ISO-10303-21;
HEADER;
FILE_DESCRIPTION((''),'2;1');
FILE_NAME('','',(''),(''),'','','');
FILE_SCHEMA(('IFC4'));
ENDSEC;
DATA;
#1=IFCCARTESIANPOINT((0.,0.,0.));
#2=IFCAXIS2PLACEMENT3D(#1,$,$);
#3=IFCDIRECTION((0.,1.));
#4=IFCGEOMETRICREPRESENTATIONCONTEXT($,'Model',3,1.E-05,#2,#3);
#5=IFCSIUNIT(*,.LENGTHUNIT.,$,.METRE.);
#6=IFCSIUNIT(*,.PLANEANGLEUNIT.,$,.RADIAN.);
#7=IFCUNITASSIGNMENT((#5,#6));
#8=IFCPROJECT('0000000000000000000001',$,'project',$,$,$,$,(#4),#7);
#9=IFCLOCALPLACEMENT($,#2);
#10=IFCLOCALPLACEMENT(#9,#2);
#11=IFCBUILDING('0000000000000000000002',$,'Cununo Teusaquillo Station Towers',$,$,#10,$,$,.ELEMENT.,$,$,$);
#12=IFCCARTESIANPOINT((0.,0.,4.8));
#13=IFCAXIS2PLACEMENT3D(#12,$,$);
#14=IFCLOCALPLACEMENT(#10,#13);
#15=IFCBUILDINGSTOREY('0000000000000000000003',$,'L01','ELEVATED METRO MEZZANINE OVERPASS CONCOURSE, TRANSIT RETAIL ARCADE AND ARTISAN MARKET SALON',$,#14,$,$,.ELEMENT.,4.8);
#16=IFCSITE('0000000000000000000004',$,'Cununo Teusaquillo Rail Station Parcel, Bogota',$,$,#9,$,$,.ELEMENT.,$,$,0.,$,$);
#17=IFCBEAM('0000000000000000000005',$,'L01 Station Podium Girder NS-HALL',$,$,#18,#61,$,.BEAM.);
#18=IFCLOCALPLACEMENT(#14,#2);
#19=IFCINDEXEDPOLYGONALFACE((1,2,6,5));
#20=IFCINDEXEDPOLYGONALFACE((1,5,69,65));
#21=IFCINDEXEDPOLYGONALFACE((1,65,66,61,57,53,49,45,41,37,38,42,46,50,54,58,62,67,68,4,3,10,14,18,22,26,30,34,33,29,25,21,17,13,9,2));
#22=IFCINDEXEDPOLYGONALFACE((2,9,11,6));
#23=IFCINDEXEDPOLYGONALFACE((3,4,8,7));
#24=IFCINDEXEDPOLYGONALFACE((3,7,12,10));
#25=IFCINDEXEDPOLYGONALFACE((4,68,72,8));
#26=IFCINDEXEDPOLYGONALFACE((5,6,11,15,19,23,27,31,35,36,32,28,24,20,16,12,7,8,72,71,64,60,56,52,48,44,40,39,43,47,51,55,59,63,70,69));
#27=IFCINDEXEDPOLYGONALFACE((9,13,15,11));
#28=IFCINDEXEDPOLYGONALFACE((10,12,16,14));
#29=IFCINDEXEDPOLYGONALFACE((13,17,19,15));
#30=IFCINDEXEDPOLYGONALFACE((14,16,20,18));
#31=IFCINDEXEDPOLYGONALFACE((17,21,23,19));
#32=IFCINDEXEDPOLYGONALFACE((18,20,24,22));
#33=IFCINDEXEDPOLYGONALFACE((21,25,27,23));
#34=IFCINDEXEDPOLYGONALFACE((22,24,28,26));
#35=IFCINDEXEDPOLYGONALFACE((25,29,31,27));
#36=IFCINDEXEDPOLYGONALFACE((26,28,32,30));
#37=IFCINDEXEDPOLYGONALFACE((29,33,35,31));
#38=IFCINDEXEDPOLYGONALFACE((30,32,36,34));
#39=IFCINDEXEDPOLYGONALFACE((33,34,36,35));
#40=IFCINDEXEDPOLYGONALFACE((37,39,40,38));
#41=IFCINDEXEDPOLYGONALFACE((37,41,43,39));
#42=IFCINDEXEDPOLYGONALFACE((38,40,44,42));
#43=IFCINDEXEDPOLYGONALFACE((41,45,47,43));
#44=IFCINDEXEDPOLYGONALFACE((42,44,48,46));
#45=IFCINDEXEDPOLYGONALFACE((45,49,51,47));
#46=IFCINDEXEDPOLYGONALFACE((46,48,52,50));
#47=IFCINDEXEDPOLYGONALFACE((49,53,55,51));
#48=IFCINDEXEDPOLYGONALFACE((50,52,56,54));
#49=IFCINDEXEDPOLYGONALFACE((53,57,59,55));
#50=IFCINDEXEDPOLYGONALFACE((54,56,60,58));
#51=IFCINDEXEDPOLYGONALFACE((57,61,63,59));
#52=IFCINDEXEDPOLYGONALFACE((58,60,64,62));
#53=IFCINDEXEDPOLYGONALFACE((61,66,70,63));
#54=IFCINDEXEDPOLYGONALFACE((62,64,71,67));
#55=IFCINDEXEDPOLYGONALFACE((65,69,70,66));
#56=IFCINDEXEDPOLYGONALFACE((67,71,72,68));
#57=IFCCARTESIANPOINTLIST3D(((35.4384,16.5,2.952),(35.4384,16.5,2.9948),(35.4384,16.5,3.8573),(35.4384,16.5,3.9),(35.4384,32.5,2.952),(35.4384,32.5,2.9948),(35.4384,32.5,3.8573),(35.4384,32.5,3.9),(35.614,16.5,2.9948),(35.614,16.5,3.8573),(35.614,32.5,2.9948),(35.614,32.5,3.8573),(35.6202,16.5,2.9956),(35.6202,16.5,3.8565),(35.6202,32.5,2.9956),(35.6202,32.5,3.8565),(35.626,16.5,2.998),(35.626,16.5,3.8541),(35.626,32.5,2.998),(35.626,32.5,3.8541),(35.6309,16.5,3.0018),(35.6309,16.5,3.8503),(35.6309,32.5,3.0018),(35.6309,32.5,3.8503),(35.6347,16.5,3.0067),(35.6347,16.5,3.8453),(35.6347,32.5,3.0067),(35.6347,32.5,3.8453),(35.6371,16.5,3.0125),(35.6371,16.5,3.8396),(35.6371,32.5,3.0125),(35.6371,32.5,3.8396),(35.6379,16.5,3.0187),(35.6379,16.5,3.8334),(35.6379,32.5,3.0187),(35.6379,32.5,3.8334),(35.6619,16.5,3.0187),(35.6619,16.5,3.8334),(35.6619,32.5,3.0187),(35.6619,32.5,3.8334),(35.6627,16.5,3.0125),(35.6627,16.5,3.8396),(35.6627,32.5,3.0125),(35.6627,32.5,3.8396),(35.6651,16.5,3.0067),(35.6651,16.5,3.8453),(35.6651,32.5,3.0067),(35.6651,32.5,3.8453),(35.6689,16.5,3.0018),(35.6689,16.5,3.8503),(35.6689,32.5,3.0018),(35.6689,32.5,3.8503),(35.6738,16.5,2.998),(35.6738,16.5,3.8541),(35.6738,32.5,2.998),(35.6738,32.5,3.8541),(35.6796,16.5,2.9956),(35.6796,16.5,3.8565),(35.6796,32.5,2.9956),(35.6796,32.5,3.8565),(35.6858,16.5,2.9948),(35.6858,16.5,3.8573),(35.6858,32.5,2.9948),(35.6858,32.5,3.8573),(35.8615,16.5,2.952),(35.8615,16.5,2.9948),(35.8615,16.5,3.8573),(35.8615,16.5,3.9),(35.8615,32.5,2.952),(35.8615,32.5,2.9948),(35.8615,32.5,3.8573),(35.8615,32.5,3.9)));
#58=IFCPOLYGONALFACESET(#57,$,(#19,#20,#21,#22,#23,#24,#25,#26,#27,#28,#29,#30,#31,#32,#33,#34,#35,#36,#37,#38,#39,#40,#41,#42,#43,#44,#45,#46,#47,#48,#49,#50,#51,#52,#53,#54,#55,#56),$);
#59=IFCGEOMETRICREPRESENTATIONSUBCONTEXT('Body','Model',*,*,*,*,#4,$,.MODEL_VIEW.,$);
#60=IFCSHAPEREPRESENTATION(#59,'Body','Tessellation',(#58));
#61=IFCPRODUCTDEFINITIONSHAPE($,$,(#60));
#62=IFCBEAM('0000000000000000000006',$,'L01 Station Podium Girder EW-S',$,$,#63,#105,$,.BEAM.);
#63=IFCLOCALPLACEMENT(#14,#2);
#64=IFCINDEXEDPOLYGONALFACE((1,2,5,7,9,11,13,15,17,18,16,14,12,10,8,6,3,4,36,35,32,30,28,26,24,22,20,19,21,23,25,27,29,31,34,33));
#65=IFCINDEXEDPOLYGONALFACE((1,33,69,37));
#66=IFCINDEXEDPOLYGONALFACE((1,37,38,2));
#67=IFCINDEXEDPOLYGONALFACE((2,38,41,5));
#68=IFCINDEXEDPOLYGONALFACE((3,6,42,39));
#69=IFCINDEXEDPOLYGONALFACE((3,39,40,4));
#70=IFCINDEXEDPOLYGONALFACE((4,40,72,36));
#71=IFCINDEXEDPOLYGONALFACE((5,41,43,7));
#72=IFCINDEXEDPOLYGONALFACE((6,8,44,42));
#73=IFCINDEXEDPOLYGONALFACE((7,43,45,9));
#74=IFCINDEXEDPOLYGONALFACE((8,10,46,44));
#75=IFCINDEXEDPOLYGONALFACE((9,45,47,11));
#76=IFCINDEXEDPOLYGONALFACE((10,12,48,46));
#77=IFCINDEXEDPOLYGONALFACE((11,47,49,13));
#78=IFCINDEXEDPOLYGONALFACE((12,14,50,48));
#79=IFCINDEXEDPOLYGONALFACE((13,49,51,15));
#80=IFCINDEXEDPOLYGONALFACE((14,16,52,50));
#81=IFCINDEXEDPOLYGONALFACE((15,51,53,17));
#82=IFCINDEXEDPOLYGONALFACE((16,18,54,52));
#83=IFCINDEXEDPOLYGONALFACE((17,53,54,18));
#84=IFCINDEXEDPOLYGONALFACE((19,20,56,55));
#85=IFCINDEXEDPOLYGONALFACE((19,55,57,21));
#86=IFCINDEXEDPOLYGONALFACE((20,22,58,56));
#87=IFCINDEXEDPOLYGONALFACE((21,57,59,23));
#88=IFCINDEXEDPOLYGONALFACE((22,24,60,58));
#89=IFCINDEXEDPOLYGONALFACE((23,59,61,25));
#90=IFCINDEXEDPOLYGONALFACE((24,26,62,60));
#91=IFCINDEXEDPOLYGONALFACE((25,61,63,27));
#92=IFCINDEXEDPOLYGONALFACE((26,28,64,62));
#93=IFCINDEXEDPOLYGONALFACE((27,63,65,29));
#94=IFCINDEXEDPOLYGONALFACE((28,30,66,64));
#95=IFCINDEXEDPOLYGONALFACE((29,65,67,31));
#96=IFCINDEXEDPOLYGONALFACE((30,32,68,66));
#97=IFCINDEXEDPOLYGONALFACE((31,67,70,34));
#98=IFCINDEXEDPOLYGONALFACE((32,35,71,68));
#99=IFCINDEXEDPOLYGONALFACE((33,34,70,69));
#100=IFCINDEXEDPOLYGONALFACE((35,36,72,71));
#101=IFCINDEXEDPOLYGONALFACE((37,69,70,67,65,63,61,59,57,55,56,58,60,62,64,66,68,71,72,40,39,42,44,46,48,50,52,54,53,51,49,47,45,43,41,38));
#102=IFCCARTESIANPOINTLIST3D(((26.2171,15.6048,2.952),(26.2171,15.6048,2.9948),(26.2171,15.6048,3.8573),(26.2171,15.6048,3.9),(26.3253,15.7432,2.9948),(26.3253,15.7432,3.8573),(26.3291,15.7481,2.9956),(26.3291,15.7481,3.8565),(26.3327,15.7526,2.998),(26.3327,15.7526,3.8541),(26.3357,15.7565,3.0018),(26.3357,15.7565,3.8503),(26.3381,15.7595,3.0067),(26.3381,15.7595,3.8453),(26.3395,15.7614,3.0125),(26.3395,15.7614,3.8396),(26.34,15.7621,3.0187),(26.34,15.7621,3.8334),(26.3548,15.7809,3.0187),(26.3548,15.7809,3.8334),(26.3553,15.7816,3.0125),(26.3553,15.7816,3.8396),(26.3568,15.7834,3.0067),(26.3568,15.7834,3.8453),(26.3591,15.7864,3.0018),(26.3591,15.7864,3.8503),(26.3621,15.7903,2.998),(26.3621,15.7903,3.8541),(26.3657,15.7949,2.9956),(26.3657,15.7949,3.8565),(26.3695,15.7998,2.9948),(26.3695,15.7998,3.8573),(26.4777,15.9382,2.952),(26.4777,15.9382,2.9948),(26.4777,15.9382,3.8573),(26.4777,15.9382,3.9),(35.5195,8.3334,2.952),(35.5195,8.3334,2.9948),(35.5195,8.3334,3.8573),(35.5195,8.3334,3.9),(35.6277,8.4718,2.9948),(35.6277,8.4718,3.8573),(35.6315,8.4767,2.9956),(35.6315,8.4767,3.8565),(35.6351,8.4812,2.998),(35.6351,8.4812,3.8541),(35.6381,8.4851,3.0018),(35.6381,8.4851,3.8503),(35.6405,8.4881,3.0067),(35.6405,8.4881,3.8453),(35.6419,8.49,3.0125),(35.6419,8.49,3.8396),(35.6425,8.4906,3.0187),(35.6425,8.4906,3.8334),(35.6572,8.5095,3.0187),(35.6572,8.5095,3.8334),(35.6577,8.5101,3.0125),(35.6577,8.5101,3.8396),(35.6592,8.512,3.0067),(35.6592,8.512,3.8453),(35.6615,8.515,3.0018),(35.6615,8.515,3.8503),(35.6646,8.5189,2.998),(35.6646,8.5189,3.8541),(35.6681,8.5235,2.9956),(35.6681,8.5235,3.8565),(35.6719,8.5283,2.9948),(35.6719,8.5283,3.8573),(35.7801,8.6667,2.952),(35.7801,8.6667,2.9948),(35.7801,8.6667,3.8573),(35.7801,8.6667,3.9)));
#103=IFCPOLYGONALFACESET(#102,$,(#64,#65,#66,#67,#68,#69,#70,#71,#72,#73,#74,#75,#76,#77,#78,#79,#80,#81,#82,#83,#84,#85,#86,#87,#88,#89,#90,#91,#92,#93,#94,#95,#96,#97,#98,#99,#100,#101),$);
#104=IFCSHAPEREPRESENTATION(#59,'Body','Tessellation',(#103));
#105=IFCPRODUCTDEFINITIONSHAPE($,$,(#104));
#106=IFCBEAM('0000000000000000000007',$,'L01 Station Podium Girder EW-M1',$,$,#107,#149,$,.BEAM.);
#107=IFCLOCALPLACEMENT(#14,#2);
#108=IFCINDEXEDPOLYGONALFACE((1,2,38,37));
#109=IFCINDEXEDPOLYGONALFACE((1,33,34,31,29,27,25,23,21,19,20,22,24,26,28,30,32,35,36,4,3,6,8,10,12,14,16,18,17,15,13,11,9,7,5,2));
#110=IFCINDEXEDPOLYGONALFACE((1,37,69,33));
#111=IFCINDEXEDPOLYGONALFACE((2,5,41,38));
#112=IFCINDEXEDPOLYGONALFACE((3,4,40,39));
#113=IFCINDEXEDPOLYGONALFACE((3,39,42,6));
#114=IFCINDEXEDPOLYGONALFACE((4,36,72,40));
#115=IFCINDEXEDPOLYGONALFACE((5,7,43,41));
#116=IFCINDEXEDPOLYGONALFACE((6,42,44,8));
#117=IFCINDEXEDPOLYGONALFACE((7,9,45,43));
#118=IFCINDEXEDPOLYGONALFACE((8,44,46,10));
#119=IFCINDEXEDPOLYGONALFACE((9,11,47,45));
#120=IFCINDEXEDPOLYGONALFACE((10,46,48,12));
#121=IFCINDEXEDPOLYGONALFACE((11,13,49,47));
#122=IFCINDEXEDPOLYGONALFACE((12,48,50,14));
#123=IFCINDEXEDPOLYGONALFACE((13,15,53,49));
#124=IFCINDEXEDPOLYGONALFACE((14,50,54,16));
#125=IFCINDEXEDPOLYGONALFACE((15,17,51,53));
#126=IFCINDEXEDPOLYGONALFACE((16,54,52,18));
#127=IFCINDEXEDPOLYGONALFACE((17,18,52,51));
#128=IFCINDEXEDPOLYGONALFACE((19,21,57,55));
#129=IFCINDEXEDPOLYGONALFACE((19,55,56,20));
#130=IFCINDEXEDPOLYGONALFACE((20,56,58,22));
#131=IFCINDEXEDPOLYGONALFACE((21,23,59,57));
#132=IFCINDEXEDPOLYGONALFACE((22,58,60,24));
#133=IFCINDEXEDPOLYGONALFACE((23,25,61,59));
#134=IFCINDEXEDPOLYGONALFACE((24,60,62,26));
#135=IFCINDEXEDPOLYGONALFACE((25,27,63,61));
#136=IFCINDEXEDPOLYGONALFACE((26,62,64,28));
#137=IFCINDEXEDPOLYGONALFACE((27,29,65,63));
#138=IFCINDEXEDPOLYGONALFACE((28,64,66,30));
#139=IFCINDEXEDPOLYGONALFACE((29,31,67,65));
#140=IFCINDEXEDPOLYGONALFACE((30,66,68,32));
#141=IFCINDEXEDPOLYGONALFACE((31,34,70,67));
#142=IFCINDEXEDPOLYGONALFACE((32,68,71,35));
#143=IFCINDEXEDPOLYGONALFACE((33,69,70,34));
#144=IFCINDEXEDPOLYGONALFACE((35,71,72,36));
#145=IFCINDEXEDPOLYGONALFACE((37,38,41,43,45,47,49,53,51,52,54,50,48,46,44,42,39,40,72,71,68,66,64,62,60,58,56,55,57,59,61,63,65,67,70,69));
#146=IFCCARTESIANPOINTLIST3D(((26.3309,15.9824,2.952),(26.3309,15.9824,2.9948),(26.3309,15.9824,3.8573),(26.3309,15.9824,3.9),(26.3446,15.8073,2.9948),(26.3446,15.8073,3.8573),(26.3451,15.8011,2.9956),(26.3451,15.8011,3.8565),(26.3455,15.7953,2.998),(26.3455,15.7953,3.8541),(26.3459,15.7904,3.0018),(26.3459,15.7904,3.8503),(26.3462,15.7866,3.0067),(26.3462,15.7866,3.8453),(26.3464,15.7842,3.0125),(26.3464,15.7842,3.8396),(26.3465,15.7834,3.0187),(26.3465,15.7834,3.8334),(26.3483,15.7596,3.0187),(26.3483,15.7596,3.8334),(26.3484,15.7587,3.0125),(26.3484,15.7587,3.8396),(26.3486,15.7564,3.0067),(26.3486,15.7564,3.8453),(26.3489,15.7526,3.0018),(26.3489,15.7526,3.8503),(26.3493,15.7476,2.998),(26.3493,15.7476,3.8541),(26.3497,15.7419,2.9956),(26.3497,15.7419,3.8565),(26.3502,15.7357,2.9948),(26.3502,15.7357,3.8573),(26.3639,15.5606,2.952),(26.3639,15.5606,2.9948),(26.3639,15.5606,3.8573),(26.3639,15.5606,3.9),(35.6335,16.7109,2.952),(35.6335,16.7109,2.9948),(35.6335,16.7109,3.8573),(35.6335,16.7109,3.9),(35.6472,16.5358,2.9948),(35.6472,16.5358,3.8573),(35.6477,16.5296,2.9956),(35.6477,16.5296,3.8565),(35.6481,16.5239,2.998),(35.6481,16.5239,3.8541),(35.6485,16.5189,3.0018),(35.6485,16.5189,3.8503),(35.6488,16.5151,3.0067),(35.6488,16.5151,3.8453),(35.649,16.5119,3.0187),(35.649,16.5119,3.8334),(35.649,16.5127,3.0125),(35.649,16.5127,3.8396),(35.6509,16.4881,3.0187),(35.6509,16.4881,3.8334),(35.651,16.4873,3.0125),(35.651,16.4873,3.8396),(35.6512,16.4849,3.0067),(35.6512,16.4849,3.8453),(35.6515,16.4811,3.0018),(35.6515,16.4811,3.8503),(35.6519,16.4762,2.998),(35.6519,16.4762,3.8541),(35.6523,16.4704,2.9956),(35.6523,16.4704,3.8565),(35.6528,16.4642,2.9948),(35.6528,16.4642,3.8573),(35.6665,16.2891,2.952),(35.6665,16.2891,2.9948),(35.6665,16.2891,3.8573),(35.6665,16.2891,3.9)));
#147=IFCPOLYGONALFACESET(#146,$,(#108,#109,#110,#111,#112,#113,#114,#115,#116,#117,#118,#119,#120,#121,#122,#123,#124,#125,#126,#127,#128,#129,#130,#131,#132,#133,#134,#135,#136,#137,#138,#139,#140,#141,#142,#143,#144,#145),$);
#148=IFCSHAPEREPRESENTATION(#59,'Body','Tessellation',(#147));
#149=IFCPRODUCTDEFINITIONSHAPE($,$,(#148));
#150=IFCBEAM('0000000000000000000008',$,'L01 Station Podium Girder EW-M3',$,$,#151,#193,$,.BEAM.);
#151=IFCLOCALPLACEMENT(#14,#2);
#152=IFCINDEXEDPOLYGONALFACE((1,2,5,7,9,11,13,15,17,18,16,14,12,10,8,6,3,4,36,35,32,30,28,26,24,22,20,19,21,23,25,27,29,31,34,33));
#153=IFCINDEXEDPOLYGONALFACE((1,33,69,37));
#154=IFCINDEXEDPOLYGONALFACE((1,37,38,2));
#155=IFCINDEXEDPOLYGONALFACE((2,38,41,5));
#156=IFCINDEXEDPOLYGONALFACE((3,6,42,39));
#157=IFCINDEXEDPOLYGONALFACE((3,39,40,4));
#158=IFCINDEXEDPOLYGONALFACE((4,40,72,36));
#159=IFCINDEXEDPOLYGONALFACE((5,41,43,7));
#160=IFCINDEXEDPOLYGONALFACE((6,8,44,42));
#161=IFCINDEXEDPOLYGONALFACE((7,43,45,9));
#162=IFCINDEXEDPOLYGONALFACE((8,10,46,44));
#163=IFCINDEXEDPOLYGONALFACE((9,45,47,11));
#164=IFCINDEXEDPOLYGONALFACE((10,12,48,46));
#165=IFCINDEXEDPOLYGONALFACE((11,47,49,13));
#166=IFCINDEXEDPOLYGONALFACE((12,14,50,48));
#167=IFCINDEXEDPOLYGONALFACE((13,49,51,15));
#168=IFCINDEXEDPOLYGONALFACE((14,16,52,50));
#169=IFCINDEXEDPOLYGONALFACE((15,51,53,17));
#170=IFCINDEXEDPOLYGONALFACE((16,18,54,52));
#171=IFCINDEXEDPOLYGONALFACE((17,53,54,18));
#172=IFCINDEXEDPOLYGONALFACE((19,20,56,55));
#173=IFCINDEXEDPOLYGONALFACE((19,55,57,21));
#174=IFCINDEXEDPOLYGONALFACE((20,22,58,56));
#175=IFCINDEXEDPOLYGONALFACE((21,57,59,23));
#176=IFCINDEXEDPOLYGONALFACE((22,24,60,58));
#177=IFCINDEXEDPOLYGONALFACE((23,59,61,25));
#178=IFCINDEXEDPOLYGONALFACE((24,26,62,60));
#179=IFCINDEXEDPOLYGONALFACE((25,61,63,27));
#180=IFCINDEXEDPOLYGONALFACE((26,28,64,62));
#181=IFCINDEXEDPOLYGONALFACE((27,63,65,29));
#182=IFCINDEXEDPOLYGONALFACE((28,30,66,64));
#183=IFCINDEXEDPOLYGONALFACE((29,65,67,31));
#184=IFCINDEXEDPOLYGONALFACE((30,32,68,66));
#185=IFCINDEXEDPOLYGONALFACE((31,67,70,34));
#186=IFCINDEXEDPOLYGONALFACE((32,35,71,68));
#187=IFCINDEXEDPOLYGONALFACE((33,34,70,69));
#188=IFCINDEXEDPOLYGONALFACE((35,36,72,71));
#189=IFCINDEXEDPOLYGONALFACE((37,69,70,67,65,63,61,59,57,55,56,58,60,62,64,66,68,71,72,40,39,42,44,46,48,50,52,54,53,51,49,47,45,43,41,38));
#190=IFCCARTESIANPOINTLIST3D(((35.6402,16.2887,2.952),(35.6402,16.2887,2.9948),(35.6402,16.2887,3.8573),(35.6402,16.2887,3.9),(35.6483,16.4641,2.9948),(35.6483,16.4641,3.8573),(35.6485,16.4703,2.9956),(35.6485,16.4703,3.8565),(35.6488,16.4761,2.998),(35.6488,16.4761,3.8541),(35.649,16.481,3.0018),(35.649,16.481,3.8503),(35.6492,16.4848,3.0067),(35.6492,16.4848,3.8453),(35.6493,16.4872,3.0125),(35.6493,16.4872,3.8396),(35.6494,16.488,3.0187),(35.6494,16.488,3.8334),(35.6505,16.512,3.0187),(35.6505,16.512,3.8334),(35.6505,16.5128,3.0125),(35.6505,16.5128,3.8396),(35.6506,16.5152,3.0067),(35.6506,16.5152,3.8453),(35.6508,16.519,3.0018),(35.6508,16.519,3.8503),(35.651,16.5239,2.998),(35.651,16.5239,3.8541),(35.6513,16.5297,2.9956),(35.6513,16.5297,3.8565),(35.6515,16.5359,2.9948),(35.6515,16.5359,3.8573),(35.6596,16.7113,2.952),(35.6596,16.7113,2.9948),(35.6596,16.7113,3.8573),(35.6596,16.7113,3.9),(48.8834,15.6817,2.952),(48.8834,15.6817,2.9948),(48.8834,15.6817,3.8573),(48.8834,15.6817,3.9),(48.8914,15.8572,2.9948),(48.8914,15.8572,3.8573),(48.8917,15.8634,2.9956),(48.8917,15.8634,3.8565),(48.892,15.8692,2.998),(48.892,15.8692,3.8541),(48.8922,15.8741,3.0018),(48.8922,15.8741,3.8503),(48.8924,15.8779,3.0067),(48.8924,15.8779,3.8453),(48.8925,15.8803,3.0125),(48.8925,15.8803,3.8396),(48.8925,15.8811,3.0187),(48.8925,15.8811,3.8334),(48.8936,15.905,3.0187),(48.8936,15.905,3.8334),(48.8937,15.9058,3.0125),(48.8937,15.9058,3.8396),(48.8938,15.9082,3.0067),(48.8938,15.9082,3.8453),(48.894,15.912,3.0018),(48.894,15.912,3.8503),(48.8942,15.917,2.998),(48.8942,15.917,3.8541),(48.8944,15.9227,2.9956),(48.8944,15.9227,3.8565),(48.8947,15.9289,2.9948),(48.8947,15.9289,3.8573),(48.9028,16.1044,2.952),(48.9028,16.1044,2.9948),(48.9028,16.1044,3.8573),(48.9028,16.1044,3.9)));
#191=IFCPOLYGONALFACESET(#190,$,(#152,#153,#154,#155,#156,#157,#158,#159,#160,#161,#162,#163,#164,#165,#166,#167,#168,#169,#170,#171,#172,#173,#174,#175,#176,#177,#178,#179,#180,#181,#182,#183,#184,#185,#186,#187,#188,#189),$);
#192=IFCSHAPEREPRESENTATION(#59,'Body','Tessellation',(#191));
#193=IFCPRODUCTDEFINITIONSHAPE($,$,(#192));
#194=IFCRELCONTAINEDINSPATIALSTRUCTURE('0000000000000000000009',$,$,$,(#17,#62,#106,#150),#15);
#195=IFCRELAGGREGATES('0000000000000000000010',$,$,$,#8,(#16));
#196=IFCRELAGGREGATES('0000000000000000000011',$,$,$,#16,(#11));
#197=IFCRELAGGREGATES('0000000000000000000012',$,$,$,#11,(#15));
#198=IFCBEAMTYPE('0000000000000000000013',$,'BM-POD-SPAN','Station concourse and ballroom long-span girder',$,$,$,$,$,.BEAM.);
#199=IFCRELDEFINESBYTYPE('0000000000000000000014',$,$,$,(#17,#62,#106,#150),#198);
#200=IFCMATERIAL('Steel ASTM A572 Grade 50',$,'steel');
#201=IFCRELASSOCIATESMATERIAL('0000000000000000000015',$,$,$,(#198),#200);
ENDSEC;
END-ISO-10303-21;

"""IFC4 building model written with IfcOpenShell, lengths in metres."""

from ifc_helpers import new_model, si_unit, direction, frame, origin, origin_2d, place, context, subcontext, project, spatial, i_section, extrude, material, material_profile, profile_set, type_object, element, save


model = new_model("IFC4")

# Units and contexts
model_context = context("Model", 3, precision=1e-05, world=origin(), true_north=direction((0.0, 1.0)))
body_context = subcontext(model_context, "Body", "Model", "MODEL_VIEW")
ifc_project = project(units=[si_unit("LENGTHUNIT", "METRE"), si_unit("PLANEANGLEUNIT", "RADIAN")], contexts=[model_context])

# Site, building, storey
site_placement = place(None, origin())
site = spatial("IfcSite", under=ifc_project, at=site_placement, Name="Cununo Teusaquillo Rail Station Parcel, Bogota", CompositionType="ELEMENT", RefElevation=0.0)
building_placement = place(site_placement, origin())
building = spatial("IfcBuilding", under=site, at=building_placement, Name="Cununo Teusaquillo Station Towers", CompositionType="ELEMENT")
storey_placement = place(building_placement, frame((0.0, 0.0, 4.8)))
storey = spatial("IfcBuildingStorey", under=building, at=storey_placement, Name="L01", Description="ELEVATED METRO MEZZANINE OVERPASS CONCOURSE, TRANSIT RETAIL ARCADE AND ARTISAN MARKET SALON", CompositionType="ELEMENT", Elevation=4.8)

# Beams
ifc_material_1 = material(Name="Steel ASTM A572 Grade 50", Category="steel")
ifc_material_profile_1 = material_profile(ifc_material_1, i_section(OverallWidth=0.4231, OverallDepth=0.948, WebThickness=0.0239, FlangeThickness=0.0427, FilletRadius=0.0239, at=origin_2d()), Name="W36X302")
ifc_profile_set_1 = profile_set([ifc_material_profile_1], Name="Steel ASTM A572 Grade 50")
beam_type_1 = type_object("IfcBeamType", Name="BM-POD-SPAN", Description="Station concourse and ballroom long-span girder", PredefinedType="BEAM", material=ifc_profile_set_1)
beam_1_placement = place(storey_placement, frame((35.6499, 16.5, 3.426), z_axis=(0.0, 1.0, 0.0), x_axis=(-1.0, 0.0, 0.0)))
element("IfcBeam", 1, at=beam_1_placement, inside=storey, type_object=beam_type_1, Name="L01 Station Podium Girder NS-HALL", PredefinedType="BEAM", context=body_context, shape_type="SweptSolid", body=[
    extrude(i_section(OverallWidth=0.4231, OverallDepth=0.948, WebThickness=0.0239, FlangeThickness=0.0427, FilletRadius=0.0239, at=origin_2d()), origin(), (0.0, 0.0, 1.0), 16.0),
])
beam_2_placement = place(storey_placement, frame((26.3474, 15.7715, 3.426), z_axis=(0.787864, -0.61585, 0.0), x_axis=(0.61585, 0.787864, 0.0)))
element("IfcBeam", 2, at=beam_2_placement, inside=storey, type_object=beam_type_1, Name="L01 Station Podium Girder EW-S", PredefinedType="BEAM", context=body_context, shape_type="SweptSolid", body=[
    extrude(i_section(OverallWidth=0.4231, OverallDepth=0.948, WebThickness=0.0239, FlangeThickness=0.0427, FilletRadius=0.0239, at=origin_2d()), origin(), (0.0, 0.0, 1.0), 11.8071),
])
beam_3_placement = place(storey_placement, frame((26.3474, 15.7715, 3.426), z_axis=(0.996947, 0.078075, 0.0), x_axis=(-0.078075, 0.996947, 0.0)))
element("IfcBeam", 3, at=beam_3_placement, inside=storey, type_object=beam_type_1, Name="L01 Station Podium Girder EW-M1", PredefinedType="BEAM", context=body_context, shape_type="SweptSolid", body=[
    extrude(i_section(OverallWidth=0.4231, OverallDepth=0.948, WebThickness=0.0239, FlangeThickness=0.0427, FilletRadius=0.0239, at=origin_2d()), origin(), (0.0, 0.0, 1.0), 9.3311),
])
beam_4_placement = place(storey_placement, frame((35.6499, 16.5, 3.426), z_axis=(0.998951, -0.045782, 0.0), x_axis=(0.045782, 0.998951, 0.0)))
element("IfcBeam", 4, at=beam_4_placement, inside=storey, type_object=beam_type_1, Name="L01 Station Podium Girder EW-M3", PredefinedType="BEAM", context=body_context, shape_type="SweptSolid", body=[
    extrude(i_section(OverallWidth=0.4231, OverallDepth=0.948, WebThickness=0.0239, FlangeThickness=0.0427, FilletRadius=0.0239, at=origin_2d()), origin(), (0.0, 0.0, 1.0), 13.2571),
])

save(model, "model.ifc")
